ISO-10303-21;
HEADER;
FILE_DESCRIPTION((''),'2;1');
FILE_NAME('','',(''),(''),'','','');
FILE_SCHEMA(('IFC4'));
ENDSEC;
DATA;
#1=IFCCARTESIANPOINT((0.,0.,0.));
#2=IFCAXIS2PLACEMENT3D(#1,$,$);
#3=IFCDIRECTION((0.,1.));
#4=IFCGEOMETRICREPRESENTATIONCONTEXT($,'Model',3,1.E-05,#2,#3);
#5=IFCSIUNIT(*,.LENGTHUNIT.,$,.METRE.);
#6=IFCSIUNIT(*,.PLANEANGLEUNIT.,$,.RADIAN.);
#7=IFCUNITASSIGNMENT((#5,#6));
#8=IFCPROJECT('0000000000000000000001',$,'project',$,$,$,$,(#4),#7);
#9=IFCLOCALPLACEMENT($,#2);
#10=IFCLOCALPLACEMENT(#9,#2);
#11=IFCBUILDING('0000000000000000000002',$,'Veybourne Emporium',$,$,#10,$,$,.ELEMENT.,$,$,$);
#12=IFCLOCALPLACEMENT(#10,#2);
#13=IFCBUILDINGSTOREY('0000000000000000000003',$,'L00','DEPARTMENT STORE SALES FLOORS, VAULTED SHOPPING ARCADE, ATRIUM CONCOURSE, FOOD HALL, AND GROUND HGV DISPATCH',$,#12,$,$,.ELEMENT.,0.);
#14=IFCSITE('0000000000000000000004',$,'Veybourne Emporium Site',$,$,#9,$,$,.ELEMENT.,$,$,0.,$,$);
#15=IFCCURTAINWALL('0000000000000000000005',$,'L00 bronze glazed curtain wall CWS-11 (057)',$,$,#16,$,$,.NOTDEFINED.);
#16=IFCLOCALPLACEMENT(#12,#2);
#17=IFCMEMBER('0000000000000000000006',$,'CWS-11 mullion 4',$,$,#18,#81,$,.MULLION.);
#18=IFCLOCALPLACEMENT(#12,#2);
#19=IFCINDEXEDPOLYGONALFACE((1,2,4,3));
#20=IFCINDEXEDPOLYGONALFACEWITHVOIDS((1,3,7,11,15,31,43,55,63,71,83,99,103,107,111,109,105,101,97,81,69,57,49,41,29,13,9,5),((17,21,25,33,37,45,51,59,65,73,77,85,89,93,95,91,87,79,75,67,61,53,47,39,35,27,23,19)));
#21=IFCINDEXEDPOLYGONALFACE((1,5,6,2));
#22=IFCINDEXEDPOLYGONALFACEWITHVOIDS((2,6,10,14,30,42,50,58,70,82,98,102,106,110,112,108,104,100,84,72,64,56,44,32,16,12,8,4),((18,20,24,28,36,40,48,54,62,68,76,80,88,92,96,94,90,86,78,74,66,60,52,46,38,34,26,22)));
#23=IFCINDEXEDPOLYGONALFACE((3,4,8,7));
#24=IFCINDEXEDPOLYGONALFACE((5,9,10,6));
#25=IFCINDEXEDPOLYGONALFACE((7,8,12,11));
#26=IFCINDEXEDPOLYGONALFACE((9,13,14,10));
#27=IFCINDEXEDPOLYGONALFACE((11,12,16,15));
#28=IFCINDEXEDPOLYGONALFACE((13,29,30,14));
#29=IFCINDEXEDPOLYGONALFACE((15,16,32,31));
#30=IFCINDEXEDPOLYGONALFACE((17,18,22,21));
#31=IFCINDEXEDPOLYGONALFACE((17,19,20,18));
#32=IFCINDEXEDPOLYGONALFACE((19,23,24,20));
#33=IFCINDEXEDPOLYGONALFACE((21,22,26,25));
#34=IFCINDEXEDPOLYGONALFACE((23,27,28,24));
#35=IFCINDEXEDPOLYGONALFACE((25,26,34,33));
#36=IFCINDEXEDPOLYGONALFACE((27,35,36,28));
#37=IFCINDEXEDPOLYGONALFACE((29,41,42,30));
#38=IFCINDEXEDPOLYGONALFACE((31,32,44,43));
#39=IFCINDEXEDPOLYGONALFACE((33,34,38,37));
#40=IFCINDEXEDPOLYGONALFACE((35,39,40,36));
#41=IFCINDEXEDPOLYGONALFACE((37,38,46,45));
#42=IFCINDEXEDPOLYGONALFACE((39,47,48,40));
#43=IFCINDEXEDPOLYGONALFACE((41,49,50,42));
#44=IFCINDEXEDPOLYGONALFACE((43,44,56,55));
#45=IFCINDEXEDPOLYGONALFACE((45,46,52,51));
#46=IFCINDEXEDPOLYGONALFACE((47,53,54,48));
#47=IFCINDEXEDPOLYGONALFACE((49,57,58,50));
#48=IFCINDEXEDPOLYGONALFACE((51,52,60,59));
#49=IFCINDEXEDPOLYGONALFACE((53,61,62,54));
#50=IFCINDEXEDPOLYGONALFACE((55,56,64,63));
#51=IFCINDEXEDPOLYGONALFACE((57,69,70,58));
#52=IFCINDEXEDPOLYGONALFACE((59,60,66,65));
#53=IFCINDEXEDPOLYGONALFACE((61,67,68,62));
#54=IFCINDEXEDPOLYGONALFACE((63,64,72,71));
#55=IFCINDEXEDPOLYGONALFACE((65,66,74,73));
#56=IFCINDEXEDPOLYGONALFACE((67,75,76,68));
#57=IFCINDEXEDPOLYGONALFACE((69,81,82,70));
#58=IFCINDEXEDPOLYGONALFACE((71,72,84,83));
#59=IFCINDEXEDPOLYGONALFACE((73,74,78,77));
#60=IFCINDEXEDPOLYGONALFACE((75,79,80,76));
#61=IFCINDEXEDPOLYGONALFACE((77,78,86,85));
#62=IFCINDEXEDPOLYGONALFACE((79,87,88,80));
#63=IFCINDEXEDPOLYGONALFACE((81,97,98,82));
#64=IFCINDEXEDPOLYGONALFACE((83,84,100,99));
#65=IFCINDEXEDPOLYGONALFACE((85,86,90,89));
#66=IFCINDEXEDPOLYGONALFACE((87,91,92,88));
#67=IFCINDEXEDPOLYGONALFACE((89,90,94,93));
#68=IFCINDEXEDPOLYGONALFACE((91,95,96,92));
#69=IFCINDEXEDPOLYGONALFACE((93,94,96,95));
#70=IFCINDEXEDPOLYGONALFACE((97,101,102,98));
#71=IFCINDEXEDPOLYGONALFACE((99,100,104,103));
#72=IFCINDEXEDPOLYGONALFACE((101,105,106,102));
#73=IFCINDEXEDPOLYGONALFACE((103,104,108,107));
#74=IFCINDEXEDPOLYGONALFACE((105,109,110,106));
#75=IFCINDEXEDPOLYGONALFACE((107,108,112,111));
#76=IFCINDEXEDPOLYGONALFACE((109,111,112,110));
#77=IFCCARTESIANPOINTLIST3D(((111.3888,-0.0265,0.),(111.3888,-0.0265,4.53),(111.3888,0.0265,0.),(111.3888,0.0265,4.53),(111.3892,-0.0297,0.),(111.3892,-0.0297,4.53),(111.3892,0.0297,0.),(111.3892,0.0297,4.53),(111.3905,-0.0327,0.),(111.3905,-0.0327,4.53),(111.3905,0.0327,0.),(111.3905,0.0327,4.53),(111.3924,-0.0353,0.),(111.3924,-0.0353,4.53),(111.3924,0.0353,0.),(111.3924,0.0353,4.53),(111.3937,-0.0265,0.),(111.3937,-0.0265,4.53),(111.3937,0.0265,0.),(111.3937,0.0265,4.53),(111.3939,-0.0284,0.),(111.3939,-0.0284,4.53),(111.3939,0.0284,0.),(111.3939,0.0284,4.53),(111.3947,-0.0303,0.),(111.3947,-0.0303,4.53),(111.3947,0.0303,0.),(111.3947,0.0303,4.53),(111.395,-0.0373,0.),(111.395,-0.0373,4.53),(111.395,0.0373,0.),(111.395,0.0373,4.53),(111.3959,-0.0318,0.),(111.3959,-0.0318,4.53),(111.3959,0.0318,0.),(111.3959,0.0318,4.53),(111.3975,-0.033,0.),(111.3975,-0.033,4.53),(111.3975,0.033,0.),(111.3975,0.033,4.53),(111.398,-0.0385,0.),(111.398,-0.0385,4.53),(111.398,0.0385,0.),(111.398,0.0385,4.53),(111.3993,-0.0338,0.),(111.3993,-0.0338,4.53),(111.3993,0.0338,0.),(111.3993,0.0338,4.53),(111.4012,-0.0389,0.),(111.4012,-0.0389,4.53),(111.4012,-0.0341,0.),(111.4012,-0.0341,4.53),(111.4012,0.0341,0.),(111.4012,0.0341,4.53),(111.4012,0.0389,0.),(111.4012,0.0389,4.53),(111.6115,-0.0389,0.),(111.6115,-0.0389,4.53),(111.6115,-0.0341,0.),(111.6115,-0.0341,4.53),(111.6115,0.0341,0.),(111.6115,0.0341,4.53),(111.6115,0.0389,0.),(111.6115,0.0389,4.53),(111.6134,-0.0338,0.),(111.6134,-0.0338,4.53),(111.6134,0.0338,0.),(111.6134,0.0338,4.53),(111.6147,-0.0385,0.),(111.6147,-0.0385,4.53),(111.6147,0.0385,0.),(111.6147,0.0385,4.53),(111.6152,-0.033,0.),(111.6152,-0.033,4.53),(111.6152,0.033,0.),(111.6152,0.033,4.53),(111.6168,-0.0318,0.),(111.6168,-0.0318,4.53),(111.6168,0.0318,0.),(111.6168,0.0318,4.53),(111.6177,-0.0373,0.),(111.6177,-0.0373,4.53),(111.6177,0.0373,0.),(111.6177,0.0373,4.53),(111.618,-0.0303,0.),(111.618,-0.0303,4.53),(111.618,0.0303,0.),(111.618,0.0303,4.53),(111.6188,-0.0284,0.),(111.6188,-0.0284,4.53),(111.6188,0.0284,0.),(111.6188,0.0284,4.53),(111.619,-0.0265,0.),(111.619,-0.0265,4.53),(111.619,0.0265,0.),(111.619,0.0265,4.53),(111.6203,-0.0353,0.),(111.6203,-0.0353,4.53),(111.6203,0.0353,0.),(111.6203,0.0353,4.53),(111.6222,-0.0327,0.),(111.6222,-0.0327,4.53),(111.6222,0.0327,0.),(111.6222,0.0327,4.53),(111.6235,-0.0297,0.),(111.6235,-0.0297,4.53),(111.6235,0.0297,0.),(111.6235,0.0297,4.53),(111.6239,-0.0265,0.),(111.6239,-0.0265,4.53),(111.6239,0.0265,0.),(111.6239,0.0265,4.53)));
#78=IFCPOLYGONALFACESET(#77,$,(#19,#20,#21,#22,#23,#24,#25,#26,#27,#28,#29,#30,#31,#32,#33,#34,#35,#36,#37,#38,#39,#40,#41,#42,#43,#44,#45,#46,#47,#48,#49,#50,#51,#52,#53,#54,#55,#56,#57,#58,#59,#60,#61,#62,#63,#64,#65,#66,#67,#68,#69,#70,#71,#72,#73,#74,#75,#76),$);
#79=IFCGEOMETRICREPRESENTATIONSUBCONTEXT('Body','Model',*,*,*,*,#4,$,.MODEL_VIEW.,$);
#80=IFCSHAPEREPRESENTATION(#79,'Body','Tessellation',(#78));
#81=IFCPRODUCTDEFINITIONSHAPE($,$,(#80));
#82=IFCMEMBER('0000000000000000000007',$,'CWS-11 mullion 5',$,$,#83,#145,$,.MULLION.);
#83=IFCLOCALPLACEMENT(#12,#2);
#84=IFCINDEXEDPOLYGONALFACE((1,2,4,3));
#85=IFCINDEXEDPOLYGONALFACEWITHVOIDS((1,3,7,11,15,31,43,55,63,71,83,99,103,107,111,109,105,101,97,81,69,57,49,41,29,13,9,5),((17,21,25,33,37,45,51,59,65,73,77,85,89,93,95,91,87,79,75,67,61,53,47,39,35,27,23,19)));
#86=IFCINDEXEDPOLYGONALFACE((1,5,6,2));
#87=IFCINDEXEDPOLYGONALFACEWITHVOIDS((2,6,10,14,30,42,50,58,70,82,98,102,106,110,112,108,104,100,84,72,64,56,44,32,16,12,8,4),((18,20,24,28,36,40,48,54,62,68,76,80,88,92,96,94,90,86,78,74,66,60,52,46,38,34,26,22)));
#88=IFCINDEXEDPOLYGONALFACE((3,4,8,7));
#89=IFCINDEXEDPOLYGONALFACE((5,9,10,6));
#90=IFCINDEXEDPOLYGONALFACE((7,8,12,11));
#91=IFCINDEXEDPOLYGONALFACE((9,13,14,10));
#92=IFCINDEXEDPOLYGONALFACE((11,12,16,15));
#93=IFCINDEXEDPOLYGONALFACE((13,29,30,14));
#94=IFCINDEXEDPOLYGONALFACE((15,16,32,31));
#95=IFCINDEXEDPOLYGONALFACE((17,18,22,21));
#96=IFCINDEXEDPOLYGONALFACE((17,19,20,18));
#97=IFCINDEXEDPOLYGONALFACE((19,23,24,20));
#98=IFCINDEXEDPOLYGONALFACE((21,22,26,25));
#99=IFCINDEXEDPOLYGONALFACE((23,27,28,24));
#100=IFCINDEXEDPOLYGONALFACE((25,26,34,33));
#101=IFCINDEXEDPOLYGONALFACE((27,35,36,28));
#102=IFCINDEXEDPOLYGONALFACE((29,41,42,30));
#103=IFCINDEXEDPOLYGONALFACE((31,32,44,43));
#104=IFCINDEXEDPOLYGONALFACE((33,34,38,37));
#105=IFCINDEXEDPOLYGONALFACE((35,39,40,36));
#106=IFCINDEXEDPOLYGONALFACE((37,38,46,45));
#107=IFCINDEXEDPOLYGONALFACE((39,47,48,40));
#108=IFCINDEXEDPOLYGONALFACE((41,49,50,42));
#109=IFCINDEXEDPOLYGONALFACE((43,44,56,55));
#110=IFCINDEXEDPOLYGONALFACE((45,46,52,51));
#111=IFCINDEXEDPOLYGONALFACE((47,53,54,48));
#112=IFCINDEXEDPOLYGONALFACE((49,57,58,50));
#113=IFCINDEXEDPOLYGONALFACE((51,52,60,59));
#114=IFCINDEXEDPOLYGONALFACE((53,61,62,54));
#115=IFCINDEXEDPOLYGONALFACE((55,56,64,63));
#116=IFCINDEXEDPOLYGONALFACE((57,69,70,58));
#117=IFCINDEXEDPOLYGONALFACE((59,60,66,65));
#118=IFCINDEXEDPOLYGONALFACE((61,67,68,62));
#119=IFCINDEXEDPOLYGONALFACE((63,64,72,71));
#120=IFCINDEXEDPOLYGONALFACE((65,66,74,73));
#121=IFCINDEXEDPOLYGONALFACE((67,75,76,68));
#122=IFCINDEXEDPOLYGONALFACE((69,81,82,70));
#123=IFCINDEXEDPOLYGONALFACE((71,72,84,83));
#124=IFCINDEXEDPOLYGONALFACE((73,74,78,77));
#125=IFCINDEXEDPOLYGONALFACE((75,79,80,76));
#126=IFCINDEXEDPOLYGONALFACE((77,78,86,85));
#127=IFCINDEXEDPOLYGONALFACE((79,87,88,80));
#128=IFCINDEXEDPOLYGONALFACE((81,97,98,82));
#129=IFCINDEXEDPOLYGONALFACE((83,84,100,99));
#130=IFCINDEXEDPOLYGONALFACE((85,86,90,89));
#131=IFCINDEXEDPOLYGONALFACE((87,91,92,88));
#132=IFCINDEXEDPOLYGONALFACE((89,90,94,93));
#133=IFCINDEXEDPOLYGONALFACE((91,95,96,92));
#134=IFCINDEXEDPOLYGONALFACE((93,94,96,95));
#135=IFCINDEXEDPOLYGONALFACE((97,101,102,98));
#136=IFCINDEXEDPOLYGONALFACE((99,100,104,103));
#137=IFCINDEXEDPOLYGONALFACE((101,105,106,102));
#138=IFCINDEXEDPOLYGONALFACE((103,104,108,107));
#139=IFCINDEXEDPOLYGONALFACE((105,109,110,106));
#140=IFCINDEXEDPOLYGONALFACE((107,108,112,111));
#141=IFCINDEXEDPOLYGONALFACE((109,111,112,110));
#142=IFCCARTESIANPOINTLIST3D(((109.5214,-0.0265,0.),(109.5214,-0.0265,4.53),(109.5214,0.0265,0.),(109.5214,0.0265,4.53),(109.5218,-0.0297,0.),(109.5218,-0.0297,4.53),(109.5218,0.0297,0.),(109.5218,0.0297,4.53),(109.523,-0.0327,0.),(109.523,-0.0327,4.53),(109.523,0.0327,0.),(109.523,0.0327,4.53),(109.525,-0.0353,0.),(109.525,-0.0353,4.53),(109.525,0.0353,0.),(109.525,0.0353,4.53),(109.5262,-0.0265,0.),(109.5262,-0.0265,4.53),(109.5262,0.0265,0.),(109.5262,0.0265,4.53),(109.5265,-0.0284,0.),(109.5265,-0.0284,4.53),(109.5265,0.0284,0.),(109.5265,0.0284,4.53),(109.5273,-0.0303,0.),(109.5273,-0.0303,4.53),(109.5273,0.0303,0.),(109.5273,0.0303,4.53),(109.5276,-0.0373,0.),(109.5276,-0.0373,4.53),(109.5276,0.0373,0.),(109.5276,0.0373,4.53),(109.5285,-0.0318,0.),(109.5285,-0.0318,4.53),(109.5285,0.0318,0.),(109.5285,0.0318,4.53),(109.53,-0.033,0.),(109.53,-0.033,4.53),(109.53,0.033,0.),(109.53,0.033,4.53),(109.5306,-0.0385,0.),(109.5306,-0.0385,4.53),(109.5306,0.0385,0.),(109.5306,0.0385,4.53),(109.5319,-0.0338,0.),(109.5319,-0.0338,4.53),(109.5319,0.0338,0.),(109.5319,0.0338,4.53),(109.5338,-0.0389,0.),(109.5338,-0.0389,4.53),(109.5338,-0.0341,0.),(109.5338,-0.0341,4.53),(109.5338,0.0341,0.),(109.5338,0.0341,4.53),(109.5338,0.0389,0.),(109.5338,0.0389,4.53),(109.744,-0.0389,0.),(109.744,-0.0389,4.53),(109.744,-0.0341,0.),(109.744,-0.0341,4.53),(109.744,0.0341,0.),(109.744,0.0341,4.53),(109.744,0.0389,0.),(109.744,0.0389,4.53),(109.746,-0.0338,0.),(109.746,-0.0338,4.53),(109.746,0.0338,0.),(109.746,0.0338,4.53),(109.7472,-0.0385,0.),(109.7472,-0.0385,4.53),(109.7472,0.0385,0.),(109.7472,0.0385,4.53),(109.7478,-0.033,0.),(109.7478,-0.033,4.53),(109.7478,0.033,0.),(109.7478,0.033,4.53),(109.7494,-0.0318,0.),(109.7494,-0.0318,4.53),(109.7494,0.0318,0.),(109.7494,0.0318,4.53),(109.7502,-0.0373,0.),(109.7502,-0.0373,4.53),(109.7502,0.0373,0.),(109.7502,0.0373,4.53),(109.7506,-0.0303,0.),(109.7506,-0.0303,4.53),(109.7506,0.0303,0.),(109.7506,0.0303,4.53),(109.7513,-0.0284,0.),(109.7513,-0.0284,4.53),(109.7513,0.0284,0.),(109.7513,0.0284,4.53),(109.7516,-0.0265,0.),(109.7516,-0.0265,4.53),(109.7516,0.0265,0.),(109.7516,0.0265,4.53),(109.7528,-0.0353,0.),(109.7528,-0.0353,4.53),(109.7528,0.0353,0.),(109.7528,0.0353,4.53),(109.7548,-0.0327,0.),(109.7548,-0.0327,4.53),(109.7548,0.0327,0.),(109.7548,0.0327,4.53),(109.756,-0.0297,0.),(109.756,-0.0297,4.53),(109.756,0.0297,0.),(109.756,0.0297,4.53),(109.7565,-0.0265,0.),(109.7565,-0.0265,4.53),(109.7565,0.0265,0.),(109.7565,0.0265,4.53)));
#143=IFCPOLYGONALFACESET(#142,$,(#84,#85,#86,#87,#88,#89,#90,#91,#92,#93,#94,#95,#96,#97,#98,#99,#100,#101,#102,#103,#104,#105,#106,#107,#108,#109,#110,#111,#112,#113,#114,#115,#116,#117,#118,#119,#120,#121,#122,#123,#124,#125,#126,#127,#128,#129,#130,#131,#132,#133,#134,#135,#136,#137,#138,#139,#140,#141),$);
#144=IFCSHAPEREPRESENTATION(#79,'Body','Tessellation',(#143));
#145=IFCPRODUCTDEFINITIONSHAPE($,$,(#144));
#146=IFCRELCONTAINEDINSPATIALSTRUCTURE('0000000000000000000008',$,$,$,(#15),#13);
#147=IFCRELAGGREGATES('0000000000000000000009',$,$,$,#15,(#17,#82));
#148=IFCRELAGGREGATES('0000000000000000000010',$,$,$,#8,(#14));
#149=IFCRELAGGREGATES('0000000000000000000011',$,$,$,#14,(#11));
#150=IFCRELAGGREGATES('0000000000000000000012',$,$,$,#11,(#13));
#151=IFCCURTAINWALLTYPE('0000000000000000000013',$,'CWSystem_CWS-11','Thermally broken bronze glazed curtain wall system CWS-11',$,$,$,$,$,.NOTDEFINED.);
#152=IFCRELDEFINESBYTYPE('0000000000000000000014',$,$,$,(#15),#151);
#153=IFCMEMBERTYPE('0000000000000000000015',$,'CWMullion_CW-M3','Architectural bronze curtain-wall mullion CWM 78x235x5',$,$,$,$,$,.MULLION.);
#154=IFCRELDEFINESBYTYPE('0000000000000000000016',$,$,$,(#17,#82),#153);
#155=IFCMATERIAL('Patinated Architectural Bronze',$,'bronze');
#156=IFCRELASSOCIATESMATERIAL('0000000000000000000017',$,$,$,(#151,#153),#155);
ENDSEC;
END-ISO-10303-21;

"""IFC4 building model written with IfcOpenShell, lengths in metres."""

from ifc_helpers import new_model, si_unit, direction, frame, origin, origin_2d, place, context, subcontext, project, spatial, hollow_rectangle, extrude, material, material_profile, profile_set, type_object, element, aggregate, save


model = new_model("IFC4")

# Units and contexts
model_context = context("Model", 3, precision=1e-05, world=origin(), true_north=direction((0.0, 1.0)))
body_context = subcontext(model_context, "Body", "Model", "MODEL_VIEW")
ifc_project = project(units=[si_unit("LENGTHUNIT", "METRE"), si_unit("PLANEANGLEUNIT", "RADIAN")], contexts=[model_context])

# Site, building, storey
site_placement = place(None, origin())
site = spatial("IfcSite", under=ifc_project, at=site_placement, Name="Veybourne Emporium Site", CompositionType="ELEMENT", RefElevation=0.0)
building_placement = place(site_placement, origin())
building = spatial("IfcBuilding", under=site, at=building_placement, Name="Veybourne Emporium", CompositionType="ELEMENT")
storey_placement = place(building_placement, origin())
storey = spatial("IfcBuildingStorey", under=building, at=storey_placement, Name="L00", Description="DEPARTMENT STORE SALES FLOORS, VAULTED SHOPPING ARCADE, ATRIUM CONCOURSE, FOOD HALL, AND GROUND HGV DISPATCH", CompositionType="ELEMENT", Elevation=0.0)

# Curtain wall, members
ifc_material_1 = material(Name="Patinated Architectural Bronze", Category="bronze")
curtain_wall_type = type_object("IfcCurtainWallType", Name="CWSystem_CWS-11", Description="Thermally broken bronze glazed curtain wall system CWS-11", PredefinedType="NOTDEFINED", material=ifc_material_1)
curtain_wall_placement = place(storey_placement, origin())
curtain_wall = element("IfcCurtainWall", 1, at=curtain_wall_placement, inside=storey, type_object=curtain_wall_type, Name="L00 bronze glazed curtain wall CWS-11 (057)", PredefinedType="NOTDEFINED")
ifc_material_profile_1 = material_profile(ifc_material_1, hollow_rectangle(XDim=0.0779, YDim=0.2351, WallThickness=0.0049, InnerFilletRadius=0.0076, OuterFilletRadius=0.0125, at=origin_2d()), Name="CWM 78x235x5")
ifc_profile_set_1 = profile_set([ifc_material_profile_1], Name="Patinated Architectural Bronze")
member_type_1 = type_object("IfcMemberType", Name="CWMullion_CW-M3", Description="Architectural bronze curtain-wall mullion CWM 78x235x5", PredefinedType="MULLION", material=ifc_profile_set_1)
member_1_placement = place(storey_placement, frame((111.5063, 0.0, 0.0), z_axis=(0.0, 0.0, 1.0), x_axis=(0.0, -1.0, 0.0)))
member_1 = element("IfcMember", 2, at=member_1_placement, type_object=member_type_1, Name="CWS-11 mullion 4", PredefinedType="MULLION", context=body_context, shape_type="SweptSolid", body=[
    extrude(hollow_rectangle(XDim=0.0779, YDim=0.2351, WallThickness=0.0049, InnerFilletRadius=0.0076, OuterFilletRadius=0.0125, at=origin_2d()), origin(), (0.0, 0.0, 1.0), 4.53),
])
member_2_placement = place(storey_placement, frame((109.6389, 0.0, 0.0), z_axis=(0.0, 0.0, 1.0), x_axis=(0.0, -1.0, 0.0)))
member_2 = element("IfcMember", 3, at=member_2_placement, type_object=member_type_1, Name="CWS-11 mullion 5", PredefinedType="MULLION", context=body_context, shape_type="SweptSolid", body=[
    extrude(hollow_rectangle(XDim=0.0779, YDim=0.2351, WallThickness=0.0049, InnerFilletRadius=0.0076, OuterFilletRadius=0.0125, at=origin_2d()), origin(), (0.0, 0.0, 1.0), 4.53),
])

aggregate(curtain_wall, [member_1, member_2])

save(model, "model.ifc")
